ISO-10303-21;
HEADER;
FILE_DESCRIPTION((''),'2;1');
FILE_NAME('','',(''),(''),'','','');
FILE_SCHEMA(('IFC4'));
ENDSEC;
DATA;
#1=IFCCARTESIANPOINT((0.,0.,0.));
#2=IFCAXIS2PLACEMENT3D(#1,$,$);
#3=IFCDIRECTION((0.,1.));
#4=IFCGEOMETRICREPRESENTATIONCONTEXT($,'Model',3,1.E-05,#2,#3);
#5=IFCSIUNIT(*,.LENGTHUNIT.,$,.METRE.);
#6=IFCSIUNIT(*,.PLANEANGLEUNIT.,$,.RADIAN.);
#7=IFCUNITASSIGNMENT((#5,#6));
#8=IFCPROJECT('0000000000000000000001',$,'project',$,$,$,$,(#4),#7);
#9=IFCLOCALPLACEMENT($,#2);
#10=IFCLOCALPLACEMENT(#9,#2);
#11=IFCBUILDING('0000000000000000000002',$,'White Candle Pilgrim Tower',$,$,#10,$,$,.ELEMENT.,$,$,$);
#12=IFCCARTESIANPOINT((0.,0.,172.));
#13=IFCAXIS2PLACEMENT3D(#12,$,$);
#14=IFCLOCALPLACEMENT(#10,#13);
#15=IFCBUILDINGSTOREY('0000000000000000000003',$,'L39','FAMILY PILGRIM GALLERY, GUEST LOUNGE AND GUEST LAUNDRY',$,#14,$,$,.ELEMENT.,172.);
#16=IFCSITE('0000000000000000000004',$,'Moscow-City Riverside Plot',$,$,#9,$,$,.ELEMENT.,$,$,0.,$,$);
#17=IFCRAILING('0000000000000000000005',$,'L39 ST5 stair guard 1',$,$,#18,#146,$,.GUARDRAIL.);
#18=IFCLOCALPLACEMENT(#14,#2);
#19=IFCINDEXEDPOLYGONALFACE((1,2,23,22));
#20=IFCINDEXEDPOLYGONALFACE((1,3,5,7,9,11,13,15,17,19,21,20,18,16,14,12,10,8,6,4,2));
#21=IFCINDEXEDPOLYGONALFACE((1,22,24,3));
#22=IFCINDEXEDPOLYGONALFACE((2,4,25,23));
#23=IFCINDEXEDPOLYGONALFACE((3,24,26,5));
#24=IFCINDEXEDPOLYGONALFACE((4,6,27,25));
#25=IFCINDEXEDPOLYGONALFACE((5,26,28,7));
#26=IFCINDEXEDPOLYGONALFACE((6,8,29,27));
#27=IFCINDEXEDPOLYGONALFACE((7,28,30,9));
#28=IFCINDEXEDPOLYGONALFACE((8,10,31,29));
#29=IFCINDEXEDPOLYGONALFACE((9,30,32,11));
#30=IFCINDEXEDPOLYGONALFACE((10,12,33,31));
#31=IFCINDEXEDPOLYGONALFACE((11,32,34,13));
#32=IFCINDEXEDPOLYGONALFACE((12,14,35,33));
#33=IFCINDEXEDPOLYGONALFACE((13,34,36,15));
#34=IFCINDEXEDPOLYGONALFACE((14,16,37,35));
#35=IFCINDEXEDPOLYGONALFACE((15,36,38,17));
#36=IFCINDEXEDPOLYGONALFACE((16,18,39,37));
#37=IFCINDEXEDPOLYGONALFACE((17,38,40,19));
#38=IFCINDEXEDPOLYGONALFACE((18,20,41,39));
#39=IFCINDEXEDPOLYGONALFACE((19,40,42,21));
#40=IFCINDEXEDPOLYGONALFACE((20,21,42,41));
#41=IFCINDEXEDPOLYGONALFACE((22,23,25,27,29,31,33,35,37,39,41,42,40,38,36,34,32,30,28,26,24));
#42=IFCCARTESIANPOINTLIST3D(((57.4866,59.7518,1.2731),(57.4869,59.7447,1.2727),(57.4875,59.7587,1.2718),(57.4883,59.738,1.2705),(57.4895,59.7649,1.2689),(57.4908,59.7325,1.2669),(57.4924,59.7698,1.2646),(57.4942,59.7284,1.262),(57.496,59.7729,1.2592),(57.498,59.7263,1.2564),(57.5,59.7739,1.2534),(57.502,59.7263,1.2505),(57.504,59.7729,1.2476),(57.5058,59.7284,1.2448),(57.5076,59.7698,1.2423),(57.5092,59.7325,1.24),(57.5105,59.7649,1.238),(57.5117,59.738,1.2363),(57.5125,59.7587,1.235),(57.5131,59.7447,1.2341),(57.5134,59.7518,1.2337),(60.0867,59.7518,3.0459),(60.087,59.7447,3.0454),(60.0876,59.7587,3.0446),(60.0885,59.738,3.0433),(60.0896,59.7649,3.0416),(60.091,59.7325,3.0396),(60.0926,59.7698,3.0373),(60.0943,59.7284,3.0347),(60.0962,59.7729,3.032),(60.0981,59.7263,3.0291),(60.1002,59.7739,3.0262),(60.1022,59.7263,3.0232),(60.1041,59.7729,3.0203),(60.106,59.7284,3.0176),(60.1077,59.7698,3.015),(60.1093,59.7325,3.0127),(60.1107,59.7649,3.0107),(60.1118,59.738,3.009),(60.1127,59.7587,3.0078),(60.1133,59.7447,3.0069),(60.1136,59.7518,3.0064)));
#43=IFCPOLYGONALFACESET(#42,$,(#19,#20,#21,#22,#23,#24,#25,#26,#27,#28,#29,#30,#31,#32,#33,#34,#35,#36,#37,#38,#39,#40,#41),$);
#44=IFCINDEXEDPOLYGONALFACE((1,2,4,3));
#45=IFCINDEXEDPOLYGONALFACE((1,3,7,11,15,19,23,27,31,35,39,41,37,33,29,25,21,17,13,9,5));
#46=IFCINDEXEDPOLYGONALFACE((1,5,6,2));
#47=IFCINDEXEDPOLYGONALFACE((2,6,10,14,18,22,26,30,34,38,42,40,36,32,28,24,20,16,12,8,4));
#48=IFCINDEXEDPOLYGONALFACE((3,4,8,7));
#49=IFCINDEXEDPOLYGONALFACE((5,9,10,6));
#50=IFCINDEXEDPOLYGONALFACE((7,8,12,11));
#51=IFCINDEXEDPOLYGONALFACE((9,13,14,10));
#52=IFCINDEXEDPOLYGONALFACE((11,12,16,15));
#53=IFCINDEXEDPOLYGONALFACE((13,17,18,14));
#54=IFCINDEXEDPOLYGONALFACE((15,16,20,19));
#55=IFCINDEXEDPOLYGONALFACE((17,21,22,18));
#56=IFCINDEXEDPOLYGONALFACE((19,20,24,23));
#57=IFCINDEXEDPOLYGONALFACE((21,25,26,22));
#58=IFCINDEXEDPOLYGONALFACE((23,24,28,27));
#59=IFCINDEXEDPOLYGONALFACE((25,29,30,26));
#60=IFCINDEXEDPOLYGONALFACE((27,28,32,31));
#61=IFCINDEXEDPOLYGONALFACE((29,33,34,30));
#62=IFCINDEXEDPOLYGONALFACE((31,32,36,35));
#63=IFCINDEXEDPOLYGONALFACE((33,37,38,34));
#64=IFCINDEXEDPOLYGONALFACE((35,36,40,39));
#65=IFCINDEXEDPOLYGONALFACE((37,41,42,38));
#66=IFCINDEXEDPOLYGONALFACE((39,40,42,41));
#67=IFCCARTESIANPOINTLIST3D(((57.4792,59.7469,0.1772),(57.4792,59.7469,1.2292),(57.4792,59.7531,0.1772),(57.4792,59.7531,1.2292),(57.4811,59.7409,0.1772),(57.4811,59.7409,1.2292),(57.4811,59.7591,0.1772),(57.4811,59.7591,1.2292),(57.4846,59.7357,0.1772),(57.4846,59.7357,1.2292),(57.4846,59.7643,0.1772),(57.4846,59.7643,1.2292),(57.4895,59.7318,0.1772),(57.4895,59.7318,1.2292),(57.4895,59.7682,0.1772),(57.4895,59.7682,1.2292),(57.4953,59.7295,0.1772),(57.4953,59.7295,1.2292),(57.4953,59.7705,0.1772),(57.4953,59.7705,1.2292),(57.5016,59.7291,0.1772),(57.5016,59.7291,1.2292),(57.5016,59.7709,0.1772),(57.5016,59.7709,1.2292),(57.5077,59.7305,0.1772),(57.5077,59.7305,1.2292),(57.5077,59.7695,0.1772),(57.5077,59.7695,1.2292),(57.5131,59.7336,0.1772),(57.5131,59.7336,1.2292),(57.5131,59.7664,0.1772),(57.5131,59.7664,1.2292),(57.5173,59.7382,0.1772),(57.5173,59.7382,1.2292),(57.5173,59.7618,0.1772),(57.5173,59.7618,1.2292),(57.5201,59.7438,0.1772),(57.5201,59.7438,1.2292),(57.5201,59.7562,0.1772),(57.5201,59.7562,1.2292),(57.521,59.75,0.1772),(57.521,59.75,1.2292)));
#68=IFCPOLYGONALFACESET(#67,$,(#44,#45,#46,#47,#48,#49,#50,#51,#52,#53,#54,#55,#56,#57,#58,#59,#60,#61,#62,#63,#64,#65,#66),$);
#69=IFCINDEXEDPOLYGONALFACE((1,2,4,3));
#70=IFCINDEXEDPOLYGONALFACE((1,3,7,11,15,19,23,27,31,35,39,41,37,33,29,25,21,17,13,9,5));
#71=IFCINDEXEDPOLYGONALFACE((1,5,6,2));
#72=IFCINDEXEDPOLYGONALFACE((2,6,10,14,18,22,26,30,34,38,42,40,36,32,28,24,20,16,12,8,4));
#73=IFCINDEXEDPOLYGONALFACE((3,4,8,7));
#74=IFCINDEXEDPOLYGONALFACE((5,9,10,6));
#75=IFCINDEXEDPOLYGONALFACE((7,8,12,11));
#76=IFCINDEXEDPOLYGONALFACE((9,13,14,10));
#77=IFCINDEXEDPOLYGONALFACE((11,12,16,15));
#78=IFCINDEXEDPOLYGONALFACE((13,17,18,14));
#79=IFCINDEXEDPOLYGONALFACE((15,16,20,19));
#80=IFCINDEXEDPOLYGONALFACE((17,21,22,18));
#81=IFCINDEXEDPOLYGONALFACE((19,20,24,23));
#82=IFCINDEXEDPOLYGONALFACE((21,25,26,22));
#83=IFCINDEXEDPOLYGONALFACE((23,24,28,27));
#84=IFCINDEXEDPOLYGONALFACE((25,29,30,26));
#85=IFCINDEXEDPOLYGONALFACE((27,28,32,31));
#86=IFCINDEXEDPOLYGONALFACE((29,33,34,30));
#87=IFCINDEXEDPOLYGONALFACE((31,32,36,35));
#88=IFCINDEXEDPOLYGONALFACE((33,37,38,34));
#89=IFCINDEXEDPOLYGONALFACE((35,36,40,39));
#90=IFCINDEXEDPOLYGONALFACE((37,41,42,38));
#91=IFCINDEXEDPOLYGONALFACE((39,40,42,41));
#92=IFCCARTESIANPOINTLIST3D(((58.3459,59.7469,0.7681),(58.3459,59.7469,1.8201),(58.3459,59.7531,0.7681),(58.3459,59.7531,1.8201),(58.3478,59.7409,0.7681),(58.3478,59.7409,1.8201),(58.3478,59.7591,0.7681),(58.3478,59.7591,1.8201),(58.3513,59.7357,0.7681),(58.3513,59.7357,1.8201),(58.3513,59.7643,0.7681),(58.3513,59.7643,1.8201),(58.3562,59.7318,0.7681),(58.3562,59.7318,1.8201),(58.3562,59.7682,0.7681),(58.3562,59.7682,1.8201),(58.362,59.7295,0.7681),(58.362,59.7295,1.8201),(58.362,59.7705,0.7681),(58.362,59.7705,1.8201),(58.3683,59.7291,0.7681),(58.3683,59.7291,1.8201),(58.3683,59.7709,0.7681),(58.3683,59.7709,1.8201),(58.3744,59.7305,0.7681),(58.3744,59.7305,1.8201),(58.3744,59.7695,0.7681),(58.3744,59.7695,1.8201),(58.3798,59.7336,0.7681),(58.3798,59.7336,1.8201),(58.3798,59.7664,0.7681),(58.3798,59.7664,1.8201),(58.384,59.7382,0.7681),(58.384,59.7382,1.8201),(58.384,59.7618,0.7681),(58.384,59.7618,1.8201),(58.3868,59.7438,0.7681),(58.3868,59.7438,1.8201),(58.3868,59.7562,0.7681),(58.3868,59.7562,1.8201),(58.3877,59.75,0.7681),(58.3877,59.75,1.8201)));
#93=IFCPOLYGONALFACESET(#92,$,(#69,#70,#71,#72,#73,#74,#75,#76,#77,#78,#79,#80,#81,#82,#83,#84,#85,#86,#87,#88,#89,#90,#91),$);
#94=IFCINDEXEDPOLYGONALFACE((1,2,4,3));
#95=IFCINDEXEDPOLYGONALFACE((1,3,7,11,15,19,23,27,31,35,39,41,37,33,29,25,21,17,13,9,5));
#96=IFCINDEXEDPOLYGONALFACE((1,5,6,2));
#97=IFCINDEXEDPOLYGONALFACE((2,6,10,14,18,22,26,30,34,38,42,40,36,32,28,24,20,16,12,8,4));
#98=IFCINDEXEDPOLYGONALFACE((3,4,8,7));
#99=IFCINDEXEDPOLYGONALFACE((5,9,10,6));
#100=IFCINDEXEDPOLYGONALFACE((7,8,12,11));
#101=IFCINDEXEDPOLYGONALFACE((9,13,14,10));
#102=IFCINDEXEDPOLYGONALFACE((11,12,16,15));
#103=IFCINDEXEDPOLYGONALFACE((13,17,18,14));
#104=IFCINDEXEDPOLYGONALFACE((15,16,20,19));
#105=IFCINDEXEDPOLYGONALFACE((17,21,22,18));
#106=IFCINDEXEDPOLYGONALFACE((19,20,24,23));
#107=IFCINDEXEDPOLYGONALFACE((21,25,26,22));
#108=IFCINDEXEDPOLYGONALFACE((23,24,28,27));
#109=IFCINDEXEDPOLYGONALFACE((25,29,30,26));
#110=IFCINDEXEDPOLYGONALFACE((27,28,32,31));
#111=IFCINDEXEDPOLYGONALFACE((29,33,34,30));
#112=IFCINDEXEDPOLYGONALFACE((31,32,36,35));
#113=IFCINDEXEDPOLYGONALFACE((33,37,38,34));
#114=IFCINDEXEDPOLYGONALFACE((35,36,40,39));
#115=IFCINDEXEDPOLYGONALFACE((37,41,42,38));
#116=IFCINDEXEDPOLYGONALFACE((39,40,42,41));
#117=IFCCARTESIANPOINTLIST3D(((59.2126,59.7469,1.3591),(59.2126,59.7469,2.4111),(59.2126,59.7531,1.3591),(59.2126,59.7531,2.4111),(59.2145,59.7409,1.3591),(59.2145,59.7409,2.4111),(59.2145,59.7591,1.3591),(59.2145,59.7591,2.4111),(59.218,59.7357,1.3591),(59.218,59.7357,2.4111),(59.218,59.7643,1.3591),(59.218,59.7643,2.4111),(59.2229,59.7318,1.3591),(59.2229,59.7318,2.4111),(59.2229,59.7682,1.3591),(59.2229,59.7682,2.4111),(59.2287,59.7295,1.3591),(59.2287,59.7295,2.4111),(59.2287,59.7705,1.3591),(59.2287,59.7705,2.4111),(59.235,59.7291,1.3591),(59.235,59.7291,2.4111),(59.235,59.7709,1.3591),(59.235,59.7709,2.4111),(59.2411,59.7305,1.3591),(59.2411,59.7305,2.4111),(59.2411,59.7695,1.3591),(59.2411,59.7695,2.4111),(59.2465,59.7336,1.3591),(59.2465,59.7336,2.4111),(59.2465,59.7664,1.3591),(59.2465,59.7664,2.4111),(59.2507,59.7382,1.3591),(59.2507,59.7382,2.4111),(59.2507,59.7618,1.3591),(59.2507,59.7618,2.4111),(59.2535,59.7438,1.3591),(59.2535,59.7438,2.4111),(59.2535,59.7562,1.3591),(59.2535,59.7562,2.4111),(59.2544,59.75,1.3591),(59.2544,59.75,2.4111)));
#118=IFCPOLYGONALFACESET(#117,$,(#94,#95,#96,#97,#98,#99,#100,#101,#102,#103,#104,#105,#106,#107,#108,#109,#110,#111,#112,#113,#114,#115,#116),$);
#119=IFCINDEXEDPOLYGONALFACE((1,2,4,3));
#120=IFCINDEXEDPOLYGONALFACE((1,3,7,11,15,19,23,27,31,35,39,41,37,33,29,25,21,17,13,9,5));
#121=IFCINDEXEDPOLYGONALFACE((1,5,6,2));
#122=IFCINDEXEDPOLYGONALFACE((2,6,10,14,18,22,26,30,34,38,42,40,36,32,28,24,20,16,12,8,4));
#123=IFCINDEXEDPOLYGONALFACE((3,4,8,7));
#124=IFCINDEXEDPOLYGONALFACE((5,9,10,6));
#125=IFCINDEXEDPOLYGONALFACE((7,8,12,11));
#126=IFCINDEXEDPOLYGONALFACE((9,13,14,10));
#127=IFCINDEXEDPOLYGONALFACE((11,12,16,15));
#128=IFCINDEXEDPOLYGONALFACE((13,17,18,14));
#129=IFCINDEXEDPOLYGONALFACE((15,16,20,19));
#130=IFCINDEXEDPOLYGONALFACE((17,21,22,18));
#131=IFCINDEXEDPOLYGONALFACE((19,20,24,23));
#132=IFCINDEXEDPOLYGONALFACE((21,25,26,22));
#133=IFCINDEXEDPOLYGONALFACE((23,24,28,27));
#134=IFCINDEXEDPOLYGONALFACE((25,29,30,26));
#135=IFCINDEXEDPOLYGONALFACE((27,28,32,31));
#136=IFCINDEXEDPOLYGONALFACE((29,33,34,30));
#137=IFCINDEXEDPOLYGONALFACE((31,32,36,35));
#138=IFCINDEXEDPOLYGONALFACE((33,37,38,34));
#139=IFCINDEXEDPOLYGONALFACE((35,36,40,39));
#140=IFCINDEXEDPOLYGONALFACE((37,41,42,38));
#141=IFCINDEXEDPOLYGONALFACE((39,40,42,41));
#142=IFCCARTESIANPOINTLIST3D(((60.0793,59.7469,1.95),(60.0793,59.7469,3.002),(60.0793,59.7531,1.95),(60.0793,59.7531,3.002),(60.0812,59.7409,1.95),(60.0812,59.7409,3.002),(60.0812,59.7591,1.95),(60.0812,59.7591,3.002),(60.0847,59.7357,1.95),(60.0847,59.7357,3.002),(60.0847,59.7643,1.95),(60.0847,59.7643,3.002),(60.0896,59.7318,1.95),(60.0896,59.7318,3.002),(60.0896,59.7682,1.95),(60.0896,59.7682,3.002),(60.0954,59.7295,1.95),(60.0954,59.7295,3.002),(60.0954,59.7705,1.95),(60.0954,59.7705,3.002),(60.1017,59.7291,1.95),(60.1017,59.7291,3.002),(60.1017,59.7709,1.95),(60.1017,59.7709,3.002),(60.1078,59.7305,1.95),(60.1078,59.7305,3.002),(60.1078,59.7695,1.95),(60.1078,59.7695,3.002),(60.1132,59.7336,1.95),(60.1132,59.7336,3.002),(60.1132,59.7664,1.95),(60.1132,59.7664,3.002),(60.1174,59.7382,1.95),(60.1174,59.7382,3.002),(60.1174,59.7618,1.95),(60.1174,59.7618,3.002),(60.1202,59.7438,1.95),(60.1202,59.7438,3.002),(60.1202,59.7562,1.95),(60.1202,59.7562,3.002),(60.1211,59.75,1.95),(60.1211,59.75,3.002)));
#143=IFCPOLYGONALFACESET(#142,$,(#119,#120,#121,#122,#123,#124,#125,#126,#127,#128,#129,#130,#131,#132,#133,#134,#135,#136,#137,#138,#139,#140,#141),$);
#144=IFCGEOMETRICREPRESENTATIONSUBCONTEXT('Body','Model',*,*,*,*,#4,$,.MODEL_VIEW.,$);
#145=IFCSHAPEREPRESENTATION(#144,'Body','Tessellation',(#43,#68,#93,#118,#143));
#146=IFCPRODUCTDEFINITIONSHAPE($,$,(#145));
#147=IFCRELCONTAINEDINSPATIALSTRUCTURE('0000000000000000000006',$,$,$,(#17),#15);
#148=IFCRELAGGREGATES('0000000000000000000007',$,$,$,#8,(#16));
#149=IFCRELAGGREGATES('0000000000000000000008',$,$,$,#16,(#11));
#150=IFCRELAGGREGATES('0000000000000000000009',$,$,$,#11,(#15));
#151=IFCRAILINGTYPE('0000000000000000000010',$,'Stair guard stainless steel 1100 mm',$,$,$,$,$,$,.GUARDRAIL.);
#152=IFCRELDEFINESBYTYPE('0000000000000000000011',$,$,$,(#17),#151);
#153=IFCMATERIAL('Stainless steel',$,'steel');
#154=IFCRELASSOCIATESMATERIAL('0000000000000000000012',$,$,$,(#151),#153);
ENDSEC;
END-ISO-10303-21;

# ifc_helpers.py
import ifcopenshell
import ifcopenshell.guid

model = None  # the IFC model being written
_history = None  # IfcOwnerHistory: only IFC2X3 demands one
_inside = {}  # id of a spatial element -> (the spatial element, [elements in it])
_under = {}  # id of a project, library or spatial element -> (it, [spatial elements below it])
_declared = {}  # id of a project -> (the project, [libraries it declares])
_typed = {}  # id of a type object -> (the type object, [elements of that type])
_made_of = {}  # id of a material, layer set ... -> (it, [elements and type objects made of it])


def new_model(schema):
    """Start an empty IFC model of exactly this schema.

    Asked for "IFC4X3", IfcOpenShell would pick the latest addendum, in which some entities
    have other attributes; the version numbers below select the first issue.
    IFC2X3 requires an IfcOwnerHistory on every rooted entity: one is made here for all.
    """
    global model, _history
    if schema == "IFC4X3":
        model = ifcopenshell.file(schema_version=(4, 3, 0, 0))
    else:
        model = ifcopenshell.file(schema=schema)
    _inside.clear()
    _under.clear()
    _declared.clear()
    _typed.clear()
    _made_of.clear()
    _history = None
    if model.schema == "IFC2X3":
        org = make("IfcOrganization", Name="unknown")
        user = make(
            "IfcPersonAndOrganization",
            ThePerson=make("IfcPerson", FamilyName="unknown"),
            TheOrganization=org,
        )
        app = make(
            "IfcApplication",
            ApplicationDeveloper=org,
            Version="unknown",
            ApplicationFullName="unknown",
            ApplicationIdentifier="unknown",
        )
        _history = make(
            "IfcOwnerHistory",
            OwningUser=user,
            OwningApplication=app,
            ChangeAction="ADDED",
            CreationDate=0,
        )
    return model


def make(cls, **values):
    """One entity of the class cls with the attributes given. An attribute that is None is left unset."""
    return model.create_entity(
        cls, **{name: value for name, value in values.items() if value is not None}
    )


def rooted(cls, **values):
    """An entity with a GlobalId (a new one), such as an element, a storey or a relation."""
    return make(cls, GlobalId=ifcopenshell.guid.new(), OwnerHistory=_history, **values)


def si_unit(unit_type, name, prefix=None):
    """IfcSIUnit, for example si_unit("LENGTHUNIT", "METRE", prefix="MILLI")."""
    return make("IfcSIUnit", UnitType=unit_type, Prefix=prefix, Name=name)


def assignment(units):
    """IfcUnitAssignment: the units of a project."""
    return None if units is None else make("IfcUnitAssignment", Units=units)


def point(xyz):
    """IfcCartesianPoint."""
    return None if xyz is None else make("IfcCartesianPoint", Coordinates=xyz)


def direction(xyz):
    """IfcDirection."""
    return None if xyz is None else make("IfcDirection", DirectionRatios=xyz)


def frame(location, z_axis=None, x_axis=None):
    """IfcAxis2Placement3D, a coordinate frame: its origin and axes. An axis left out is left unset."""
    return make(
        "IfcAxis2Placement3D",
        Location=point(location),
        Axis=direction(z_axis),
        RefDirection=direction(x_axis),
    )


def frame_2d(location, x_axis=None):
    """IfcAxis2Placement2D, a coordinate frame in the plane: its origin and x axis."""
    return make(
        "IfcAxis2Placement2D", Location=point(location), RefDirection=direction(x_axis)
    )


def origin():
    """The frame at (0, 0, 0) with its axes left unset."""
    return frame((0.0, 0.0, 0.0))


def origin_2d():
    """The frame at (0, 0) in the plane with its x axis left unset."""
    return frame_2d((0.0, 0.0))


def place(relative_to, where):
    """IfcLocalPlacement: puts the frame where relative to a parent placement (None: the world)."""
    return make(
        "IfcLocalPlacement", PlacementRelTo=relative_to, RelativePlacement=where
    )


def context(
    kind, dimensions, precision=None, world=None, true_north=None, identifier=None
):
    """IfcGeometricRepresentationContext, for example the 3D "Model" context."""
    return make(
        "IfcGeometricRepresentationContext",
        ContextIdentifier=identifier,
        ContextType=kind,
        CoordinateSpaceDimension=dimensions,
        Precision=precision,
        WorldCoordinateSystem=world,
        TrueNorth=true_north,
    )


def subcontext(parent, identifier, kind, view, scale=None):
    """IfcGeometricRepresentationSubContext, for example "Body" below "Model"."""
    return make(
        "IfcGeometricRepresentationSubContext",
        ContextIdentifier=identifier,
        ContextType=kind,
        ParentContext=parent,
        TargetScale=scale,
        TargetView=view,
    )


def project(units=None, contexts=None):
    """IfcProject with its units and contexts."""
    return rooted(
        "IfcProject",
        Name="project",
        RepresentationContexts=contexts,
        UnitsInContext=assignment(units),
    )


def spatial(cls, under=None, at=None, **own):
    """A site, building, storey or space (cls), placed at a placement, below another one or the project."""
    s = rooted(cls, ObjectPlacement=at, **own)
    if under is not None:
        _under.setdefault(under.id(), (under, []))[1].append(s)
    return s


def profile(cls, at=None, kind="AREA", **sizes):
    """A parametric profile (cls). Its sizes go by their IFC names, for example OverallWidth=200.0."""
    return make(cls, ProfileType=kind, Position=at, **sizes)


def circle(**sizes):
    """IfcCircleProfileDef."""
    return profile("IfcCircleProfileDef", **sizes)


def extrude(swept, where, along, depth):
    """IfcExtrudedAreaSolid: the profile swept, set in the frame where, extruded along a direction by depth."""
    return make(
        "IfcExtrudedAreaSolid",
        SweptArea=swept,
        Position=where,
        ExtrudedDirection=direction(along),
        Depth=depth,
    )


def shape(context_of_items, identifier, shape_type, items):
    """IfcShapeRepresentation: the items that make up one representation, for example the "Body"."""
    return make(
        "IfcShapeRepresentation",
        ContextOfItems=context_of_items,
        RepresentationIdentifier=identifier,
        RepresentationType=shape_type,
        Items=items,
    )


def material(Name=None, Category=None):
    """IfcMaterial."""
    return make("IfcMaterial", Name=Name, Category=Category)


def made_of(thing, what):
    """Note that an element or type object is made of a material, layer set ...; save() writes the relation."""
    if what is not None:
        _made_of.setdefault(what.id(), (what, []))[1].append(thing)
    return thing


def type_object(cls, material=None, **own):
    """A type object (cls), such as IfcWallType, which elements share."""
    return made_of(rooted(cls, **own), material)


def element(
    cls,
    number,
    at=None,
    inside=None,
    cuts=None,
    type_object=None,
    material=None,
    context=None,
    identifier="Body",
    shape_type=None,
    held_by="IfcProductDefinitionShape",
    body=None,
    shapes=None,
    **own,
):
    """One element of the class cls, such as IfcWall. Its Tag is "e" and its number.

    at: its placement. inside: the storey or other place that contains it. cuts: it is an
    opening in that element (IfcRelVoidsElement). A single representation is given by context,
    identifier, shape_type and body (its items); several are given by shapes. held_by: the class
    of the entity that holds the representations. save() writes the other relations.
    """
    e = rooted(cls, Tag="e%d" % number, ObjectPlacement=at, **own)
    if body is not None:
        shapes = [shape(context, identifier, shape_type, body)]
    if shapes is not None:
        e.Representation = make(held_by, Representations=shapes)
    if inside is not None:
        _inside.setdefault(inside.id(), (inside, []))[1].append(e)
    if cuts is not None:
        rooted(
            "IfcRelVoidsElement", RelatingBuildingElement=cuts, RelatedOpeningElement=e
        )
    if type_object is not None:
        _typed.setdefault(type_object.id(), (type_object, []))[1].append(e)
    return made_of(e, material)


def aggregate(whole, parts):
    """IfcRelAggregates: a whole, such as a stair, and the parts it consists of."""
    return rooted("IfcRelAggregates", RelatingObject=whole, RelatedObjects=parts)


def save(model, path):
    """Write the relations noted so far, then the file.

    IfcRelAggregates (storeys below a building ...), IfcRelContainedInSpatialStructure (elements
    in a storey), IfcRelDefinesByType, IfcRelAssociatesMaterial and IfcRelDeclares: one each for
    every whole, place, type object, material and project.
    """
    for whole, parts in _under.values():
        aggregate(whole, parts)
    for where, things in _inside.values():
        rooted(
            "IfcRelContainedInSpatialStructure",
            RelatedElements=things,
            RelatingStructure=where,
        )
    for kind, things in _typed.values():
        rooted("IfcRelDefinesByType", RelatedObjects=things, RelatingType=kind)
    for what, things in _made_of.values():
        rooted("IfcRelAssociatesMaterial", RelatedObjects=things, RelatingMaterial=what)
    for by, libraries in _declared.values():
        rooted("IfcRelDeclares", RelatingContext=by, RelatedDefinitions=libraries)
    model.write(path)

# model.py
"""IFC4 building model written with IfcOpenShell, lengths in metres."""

from ifc_helpers import new_model, si_unit, direction, frame, origin, origin_2d, place, context, subcontext, project, spatial, circle, extrude, material, type_object, element, save


model = new_model("IFC4")

# Units and contexts
model_context = context("Model", 3, precision=1e-05, world=origin(), true_north=direction((0.0, 1.0)))
body_context = subcontext(model_context, "Body", "Model", "MODEL_VIEW")
ifc_project = project(units=[si_unit("LENGTHUNIT", "METRE"), si_unit("PLANEANGLEUNIT", "RADIAN")], contexts=[model_context])

# Site, building, storey
site_placement = place(None, origin())
site = spatial("IfcSite", under=ifc_project, at=site_placement, Name="Moscow-City Riverside Plot", CompositionType="ELEMENT", RefElevation=0.0)
building_placement = place(site_placement, origin())
building = spatial("IfcBuilding", under=site, at=building_placement, Name="White Candle Pilgrim Tower", CompositionType="ELEMENT")
storey_placement = place(building_placement, frame((0.0, 0.0, 172.0)))
storey = spatial("IfcBuildingStorey", under=building, at=storey_placement, Name="L39", Description="FAMILY PILGRIM GALLERY, GUEST LOUNGE AND GUEST LAUNDRY", CompositionType="ELEMENT", Elevation=172.0)

# Railing
ifc_material_1 = material(Name="Stainless steel", Category="steel")
railing_type_1 = type_object("IfcRailingType", Name="Stair guard stainless steel 1100 mm", PredefinedType="GUARDRAIL", material=ifc_material_1)
railing_1_placement = place(storey_placement, frame((57.5, 59.75, 0.1772)))
element("IfcRailing", 1, at=railing_1_placement, inside=storey, type_object=railing_type_1, Name="L39 ST5 stair guard 1", PredefinedType="GUARDRAIL", context=body_context, shape_type="SweptSolid", body=[
    extrude(circle(Radius=0.0239, at=origin_2d()), frame((0.0, 0.0, 1.0762), z_axis=(0.82624, 0.0, 0.563318), x_axis=(0.0, 1.0, 0.0)), (0.0, 0.0, 1.0), 3.147),
    extrude(circle(Radius=0.021, at=origin_2d()), origin(), (0.0, 0.0, 1.0), 1.052),
    extrude(circle(Radius=0.021, at=origin_2d()), frame((0.8667, 0.0, 0.5908)), (0.0, 0.0, 1.0), 1.052),
    extrude(circle(Radius=0.021, at=origin_2d()), frame((1.7334, 0.0, 1.1819)), (0.0, 0.0, 1.0), 1.052),
    extrude(circle(Radius=0.021, at=origin_2d()), frame((2.6001, 0.0, 1.7727)), (0.0, 0.0, 1.0), 1.052),
])

save(model, "model.ifc")
